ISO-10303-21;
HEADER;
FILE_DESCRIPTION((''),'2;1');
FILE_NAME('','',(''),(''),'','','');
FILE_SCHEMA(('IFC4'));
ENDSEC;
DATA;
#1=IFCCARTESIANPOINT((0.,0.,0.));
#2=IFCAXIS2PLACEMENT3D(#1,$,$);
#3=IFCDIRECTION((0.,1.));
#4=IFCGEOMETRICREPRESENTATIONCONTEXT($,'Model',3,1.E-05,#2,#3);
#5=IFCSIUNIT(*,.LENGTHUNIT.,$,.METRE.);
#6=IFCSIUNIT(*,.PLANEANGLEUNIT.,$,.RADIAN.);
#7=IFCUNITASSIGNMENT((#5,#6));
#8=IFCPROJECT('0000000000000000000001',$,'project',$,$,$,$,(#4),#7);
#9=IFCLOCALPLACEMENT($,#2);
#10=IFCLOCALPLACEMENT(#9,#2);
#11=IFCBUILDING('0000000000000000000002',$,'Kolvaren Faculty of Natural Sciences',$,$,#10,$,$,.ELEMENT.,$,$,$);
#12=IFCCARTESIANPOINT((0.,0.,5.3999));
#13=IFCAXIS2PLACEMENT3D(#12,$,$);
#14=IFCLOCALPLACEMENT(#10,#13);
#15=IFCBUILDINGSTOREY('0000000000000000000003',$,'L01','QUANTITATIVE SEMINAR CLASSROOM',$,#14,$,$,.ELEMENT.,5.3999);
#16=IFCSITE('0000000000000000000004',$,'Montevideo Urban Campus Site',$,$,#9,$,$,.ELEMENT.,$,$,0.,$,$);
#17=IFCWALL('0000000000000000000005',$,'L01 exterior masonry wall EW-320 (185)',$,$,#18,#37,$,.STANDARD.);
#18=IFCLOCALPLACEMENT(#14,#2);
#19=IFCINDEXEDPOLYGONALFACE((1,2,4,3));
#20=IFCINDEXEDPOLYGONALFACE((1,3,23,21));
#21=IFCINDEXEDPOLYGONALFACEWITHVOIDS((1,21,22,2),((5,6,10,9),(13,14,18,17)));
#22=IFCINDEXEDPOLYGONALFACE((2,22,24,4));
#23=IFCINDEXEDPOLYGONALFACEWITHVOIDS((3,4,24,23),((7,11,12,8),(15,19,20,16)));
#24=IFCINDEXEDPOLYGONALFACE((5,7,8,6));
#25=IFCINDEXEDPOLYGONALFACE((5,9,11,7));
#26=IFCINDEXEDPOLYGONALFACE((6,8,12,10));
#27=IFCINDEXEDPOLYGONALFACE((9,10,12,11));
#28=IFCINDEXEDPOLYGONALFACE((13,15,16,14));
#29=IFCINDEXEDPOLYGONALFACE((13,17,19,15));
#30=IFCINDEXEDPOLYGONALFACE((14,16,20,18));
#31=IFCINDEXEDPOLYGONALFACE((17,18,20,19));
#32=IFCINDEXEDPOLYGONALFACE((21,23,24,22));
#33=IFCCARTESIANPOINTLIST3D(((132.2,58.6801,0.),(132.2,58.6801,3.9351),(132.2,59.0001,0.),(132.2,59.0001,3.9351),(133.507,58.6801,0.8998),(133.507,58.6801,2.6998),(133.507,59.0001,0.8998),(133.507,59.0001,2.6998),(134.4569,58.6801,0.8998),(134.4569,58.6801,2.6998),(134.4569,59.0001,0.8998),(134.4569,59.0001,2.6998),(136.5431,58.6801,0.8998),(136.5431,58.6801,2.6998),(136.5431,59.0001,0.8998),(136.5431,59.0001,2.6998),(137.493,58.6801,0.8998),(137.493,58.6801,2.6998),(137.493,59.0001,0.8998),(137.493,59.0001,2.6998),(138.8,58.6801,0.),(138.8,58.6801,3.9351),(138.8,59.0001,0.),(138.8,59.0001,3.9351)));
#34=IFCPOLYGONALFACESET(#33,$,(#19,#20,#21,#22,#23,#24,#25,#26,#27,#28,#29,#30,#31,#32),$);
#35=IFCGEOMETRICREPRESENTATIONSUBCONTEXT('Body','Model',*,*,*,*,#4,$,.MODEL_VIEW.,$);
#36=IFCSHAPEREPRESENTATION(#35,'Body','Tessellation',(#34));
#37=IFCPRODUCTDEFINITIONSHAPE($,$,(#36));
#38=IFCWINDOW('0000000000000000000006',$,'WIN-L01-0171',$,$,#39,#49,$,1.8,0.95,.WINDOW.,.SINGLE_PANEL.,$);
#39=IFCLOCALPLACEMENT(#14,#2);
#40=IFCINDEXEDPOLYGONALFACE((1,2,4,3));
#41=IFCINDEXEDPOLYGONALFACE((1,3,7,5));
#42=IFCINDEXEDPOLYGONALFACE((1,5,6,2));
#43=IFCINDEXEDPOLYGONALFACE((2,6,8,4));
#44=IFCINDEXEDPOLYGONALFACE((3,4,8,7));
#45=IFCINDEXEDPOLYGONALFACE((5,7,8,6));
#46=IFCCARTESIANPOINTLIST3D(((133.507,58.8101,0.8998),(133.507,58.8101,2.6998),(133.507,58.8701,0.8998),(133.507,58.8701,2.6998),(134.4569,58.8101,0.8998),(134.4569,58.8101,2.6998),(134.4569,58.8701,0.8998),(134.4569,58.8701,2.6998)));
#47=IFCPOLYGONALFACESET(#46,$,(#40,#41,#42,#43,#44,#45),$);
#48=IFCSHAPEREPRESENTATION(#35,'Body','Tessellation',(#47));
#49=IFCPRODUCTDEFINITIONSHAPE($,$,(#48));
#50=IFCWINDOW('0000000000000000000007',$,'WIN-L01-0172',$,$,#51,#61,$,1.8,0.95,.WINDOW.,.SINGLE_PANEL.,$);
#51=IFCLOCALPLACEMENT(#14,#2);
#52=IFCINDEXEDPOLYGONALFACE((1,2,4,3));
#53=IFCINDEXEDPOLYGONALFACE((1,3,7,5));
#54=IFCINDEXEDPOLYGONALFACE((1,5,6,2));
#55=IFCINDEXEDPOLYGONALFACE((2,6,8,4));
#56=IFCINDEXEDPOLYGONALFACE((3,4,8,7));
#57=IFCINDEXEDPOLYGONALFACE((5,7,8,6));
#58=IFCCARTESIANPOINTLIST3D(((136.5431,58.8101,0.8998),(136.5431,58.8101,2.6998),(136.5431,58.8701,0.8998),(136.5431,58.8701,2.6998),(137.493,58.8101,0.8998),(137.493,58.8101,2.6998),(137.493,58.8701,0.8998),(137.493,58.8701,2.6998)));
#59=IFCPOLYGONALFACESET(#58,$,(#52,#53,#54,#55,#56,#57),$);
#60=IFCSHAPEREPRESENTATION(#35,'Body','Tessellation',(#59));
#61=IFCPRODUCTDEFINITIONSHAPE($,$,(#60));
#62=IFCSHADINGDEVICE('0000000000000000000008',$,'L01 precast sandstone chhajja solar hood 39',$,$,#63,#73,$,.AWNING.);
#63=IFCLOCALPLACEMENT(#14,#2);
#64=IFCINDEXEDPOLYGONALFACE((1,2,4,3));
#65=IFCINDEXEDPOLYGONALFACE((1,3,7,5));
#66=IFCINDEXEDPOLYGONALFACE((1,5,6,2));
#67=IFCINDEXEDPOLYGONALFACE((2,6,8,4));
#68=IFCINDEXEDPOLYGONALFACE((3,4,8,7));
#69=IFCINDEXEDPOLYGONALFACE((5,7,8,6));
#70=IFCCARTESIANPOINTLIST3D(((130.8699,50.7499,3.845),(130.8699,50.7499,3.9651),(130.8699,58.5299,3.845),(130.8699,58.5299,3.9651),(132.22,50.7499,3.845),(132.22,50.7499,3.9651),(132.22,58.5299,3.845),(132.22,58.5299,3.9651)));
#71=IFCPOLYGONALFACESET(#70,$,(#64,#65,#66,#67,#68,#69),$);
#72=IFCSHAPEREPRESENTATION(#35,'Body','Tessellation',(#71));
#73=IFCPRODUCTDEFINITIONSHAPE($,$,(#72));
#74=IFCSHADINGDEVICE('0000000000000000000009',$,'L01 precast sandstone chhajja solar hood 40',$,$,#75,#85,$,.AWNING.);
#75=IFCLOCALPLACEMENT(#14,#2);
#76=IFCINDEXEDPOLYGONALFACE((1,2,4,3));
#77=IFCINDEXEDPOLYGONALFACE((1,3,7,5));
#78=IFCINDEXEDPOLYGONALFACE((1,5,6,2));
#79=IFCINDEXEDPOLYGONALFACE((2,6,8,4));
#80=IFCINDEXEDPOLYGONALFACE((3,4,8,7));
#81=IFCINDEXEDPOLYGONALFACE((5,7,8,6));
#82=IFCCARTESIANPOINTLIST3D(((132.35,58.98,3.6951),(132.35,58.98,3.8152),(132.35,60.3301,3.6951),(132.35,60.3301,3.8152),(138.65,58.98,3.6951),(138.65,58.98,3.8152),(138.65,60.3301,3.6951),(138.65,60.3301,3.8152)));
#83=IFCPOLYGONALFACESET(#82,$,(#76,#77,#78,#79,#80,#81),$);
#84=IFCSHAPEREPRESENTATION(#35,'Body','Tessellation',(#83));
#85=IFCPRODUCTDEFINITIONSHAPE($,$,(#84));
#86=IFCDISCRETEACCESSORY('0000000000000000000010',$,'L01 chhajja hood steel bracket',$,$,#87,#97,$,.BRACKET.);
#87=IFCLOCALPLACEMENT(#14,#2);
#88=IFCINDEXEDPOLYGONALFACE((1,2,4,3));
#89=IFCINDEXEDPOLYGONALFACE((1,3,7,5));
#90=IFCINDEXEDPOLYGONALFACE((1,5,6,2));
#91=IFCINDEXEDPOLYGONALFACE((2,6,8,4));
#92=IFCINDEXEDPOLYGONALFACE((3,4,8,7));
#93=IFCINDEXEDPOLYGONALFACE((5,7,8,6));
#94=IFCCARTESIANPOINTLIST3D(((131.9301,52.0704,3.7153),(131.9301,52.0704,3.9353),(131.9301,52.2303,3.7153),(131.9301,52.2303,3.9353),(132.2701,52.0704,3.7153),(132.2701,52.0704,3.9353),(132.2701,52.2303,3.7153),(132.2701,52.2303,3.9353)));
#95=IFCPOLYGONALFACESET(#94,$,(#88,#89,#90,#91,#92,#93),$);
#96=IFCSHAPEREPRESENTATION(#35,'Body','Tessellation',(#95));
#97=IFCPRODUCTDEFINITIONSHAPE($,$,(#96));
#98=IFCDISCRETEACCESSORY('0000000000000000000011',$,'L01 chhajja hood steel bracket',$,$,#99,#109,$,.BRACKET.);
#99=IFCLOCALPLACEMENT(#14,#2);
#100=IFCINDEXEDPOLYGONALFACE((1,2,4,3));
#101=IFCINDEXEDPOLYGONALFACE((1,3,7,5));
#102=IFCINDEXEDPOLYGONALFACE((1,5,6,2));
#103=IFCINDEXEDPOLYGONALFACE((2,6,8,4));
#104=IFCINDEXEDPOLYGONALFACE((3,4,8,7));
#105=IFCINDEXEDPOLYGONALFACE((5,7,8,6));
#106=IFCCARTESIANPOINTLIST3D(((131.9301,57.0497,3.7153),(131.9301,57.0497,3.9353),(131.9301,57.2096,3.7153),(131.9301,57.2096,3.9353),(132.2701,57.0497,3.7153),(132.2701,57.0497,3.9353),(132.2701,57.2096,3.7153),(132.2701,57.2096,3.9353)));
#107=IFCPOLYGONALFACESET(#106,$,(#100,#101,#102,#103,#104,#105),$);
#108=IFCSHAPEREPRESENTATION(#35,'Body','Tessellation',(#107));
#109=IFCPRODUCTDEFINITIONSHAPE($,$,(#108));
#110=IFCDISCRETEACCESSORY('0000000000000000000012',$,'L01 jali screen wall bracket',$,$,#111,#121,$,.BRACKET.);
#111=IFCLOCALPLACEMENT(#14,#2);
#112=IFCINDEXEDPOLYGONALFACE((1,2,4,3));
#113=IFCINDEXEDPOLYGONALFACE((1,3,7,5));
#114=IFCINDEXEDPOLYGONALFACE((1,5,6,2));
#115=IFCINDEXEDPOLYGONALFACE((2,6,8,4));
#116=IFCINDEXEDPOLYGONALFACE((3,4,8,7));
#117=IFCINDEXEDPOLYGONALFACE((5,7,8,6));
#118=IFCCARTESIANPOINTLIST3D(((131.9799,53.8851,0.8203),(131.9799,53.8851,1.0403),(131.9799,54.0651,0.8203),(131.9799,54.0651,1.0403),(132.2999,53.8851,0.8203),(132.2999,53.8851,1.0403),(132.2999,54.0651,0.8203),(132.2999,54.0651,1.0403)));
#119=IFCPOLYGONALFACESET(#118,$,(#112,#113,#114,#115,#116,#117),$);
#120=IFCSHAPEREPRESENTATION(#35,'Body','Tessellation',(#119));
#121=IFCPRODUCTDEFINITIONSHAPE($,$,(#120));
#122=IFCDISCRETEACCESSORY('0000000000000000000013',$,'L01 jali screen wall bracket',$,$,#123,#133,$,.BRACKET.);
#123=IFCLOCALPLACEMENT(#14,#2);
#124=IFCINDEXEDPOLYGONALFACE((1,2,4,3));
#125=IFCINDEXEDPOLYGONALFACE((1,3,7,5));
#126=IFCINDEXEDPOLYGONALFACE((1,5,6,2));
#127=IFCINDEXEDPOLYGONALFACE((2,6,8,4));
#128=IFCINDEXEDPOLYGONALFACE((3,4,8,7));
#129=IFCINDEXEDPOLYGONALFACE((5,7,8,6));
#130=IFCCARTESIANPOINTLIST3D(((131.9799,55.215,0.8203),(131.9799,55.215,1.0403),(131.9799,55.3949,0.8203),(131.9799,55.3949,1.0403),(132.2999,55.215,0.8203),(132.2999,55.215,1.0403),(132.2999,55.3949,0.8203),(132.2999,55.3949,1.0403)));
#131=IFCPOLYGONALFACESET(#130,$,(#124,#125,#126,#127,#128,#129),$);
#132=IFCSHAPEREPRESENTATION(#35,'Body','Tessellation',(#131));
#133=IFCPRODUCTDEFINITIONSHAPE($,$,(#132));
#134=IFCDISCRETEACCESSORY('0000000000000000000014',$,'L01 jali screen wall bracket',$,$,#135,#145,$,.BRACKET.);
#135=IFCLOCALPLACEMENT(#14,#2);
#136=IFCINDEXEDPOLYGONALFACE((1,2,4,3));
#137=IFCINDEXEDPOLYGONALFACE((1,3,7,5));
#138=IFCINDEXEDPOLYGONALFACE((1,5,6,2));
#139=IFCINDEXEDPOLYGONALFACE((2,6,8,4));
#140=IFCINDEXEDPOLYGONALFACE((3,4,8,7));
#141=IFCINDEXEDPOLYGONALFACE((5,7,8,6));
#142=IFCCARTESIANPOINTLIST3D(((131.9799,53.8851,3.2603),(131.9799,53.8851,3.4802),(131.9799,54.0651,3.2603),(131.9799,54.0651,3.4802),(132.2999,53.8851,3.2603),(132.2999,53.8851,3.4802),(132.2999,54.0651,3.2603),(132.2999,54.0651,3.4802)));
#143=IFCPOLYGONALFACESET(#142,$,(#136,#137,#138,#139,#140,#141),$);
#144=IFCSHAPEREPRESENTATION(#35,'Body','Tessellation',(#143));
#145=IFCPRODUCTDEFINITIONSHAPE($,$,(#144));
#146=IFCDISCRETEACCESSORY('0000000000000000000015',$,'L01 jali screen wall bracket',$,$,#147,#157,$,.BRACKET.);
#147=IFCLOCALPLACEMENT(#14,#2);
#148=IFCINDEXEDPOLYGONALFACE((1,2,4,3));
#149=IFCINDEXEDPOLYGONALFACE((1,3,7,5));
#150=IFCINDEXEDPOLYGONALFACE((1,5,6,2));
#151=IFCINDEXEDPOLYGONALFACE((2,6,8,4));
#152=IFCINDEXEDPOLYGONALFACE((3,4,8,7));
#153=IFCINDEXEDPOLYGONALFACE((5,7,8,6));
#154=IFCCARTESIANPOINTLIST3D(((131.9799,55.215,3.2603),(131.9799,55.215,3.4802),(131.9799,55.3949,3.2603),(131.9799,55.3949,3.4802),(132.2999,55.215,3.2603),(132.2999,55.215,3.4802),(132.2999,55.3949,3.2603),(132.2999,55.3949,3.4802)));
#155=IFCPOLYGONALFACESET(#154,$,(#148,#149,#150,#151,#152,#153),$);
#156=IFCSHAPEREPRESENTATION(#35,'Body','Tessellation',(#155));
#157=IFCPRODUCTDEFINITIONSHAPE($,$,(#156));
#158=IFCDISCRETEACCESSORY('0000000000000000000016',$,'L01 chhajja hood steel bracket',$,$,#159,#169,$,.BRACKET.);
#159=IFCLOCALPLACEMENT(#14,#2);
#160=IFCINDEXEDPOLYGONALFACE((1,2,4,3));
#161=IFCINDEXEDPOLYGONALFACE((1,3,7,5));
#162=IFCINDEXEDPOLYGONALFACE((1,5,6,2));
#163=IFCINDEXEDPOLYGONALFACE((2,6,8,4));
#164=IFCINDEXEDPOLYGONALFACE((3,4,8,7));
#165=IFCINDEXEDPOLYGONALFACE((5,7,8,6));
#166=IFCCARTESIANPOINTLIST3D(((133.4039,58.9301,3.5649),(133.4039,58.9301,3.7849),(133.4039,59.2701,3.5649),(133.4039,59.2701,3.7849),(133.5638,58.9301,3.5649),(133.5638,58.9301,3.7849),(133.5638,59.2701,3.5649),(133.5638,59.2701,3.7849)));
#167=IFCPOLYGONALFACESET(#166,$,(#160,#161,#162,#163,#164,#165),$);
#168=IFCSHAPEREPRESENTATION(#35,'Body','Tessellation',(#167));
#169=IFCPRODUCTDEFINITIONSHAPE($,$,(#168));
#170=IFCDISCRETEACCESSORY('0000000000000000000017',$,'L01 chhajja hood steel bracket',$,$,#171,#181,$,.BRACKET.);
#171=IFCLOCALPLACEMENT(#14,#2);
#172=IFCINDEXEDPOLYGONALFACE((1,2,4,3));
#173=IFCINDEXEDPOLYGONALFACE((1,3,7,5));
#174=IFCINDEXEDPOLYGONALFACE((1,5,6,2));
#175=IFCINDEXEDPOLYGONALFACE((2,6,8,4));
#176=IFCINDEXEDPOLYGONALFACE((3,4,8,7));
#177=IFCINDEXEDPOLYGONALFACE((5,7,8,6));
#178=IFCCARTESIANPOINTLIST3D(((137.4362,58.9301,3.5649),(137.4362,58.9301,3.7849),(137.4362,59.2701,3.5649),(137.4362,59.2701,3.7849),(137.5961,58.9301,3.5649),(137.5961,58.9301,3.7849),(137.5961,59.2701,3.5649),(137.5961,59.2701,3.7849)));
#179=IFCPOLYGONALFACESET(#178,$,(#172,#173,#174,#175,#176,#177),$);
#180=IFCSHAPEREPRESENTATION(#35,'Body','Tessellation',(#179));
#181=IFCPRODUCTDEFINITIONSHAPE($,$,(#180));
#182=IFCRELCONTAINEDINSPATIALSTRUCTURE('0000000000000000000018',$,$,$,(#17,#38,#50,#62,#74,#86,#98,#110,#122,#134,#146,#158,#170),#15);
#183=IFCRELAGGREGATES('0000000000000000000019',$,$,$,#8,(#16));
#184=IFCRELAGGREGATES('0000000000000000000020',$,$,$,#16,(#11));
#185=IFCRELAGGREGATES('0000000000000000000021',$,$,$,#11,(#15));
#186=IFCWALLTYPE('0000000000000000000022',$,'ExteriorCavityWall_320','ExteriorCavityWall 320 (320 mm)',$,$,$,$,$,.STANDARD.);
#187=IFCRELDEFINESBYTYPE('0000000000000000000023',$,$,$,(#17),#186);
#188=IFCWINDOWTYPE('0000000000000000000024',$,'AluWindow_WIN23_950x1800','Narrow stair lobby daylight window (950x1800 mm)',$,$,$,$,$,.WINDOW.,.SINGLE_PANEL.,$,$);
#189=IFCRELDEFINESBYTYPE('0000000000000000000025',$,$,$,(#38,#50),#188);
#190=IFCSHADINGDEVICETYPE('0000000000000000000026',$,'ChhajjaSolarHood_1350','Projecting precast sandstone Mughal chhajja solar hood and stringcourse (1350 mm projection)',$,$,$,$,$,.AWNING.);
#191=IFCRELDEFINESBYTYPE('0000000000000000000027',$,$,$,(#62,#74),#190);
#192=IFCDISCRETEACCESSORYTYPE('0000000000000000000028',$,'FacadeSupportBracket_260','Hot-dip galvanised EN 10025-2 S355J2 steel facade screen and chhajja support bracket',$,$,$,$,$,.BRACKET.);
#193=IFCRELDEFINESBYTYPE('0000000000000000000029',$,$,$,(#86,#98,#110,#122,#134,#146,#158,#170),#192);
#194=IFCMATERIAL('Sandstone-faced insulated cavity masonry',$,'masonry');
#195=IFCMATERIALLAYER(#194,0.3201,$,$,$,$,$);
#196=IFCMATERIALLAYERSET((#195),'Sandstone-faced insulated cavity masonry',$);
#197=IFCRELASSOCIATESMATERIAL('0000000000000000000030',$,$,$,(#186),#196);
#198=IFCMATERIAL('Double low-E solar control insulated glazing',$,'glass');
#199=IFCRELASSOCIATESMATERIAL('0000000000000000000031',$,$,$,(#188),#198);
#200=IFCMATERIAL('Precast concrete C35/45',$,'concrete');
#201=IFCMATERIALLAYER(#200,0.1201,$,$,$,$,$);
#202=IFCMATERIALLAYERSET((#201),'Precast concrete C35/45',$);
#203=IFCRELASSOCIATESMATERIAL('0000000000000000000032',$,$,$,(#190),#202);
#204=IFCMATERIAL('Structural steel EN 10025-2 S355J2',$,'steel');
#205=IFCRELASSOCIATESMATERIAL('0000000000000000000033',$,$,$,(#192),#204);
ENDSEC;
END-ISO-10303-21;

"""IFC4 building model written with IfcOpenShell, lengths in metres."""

from ifc_helpers import new_model, si_unit, direction, frame, frame_2d, origin, origin_2d, place, context, subcontext, project, spatial, rectangle, extrude, material, layer, layer_set, type_object, element, fill, save


model = new_model("IFC4")

# Units and contexts
model_context = context("Model", 3, precision=1e-05, world=origin(), true_north=direction((0.0, 1.0)))
body_context = subcontext(model_context, "Body", "Model", "MODEL_VIEW")
ifc_project = project(units=[si_unit("LENGTHUNIT", "METRE"), si_unit("PLANEANGLEUNIT", "RADIAN")], contexts=[model_context])

# Site, building, storey
site_placement = place(None, origin())
site = spatial("IfcSite", under=ifc_project, at=site_placement, Name="Montevideo Urban Campus Site", CompositionType="ELEMENT", RefElevation=0.0)
building_placement = place(site_placement, origin())
building = spatial("IfcBuilding", under=site, at=building_placement, Name="Kolvaren Faculty of Natural Sciences", CompositionType="ELEMENT")
storey_placement = place(building_placement, frame((0.0, 0.0, 5.3999)))
storey = spatial("IfcBuildingStorey", under=building, at=storey_placement, Name="L01", Description="QUANTITATIVE SEMINAR CLASSROOM", CompositionType="ELEMENT", Elevation=5.3999)

# Wall, openings, windows
ifc_material_1 = material(Name="Sandstone-faced insulated cavity masonry", Category="masonry")
ifc_layer_1 = layer(ifc_material_1, 0.3201)
ifc_layer_set_1 = layer_set([ifc_layer_1], Name="Sandstone-faced insulated cavity masonry")
wall_type_1 = type_object("IfcWallType", Name="ExteriorCavityWall_320", Description="ExteriorCavityWall 320 (320 mm)", PredefinedType="STANDARD", material=ifc_layer_set_1)
wall_1_placement = place(storey_placement, frame((132.2, 58.8401, 0.0), z_axis=(0.0, 0.0, 1.0), x_axis=(1.0, 0.0, 0.0)))
wall_1 = element("IfcWall", 1, at=wall_1_placement, inside=storey, type_object=wall_type_1, Name="L01 exterior masonry wall EW-320 (185)", PredefinedType="STANDARD", context=body_context, shape_type="SweptSolid", body=[
    extrude(rectangle(XDim=6.6001, YDim=0.3201, at=frame_2d((3.3, 0.0))), origin(), (0.0, 0.0, 1.0), 3.9351),
])
opening_1_placement = place(wall_1_placement, frame((1.3069, 0.0, 0.8999)))
opening_1 = element("IfcOpeningElement", 2, at=opening_1_placement, cuts=wall_1, PredefinedType="OPENING", context=body_context, shape_type="SweptSolid", body=[
    extrude(rectangle(XDim=0.95, YDim=1.8, at=frame_2d((0.4751, 0.8999))), frame((0.0, 0.1699, 0.0), z_axis=(0.0, -1.0, 0.0), x_axis=(1.0, 0.0, 0.0)), (0.0, 0.0, 1.0), 0.3401),
])
opening_2_placement = place(wall_1_placement, frame((4.343, 0.0, 0.8999)))
opening_2 = element("IfcOpeningElement", 3, at=opening_2_placement, cuts=wall_1, PredefinedType="OPENING", context=body_context, shape_type="SweptSolid", body=[
    extrude(rectangle(XDim=0.95, YDim=1.8, at=frame_2d((0.4751, 0.8999))), frame((0.0, 0.1699, 0.0), z_axis=(0.0, -1.0, 0.0), x_axis=(1.0, 0.0, 0.0)), (0.0, 0.0, 1.0), 0.3401),
])
ifc_material_2 = material(Name="Double low-E solar control insulated glazing", Category="glass")
window_type = type_object("IfcWindowType", Name="AluWindow_WIN23_950x1800", Description="Narrow stair lobby daylight window (950x1800 mm)", PartitioningType="SINGLE_PANEL", PredefinedType="WINDOW", material=ifc_material_2)
window_1_placement = place(opening_1_placement, origin())
window_1 = element("IfcWindow", 4, at=window_1_placement, inside=storey, type_object=window_type, Name="WIN-L01-0171", OverallHeight=1.8, OverallWidth=0.95, PartitioningType="SINGLE_PANEL", PredefinedType="WINDOW", context=body_context, shape_type="SweptSolid", body=[
    extrude(rectangle(XDim=0.95, YDim=1.8, at=frame_2d((0.4751, 0.8999))), frame((0.0, 0.03, 0.0), z_axis=(0.0, -1.0, 0.0), x_axis=(1.0, 0.0, 0.0)), (0.0, 0.0, 1.0), 0.0601),
])
fill(opening_1, window_1)
window_2_placement = place(opening_2_placement, origin())
window_2 = element("IfcWindow", 5, at=window_2_placement, inside=storey, type_object=window_type, Name="WIN-L01-0172", OverallHeight=1.8, OverallWidth=0.95, PartitioningType="SINGLE_PANEL", PredefinedType="WINDOW", context=body_context, shape_type="SweptSolid", body=[
    extrude(rectangle(XDim=0.95, YDim=1.8, at=frame_2d((0.4751, 0.8999))), frame((0.0, 0.03, 0.0), z_axis=(0.0, -1.0, 0.0), x_axis=(1.0, 0.0, 0.0)), (0.0, 0.0, 1.0), 0.0601),
])
fill(opening_2, window_2)

# Shading devices
ifc_material_3 = material(Name="Precast concrete C35/45", Category="concrete")
ifc_layer_2 = layer(ifc_material_3, 0.1201)
ifc_layer_set_2 = layer_set([ifc_layer_2], Name="Precast concrete C35/45")
shading_device_type = type_object("IfcShadingDeviceType", Name="ChhajjaSolarHood_1350", Description="Projecting precast sandstone Mughal chhajja solar hood and stringcourse (1350 mm projection)", PredefinedType="AWNING", material=ifc_layer_set_2)
shading_device_1_placement = place(storey_placement, frame((131.5449, 54.6399, 3.845), z_axis=(0.0, 0.0, 1.0), x_axis=(0.0, 1.0, 0.0)))
element("IfcShadingDevice", 6, at=shading_device_1_placement, inside=storey, type_object=shading_device_type, Name="L01 precast sandstone chhajja solar hood 39", PredefinedType="AWNING", context=body_context, shape_type="SweptSolid", body=[
    extrude(rectangle(XDim=7.78, YDim=1.3501, at=origin_2d()), origin(), (0.0, 0.0, 1.0), 0.1201),
])
shading_device_2_placement = place(storey_placement, frame((135.5, 59.655, 3.6951), z_axis=(0.0, 0.0, 1.0), x_axis=(1.0, 0.0, 0.0)))
element("IfcShadingDevice", 7, at=shading_device_2_placement, inside=storey, type_object=shading_device_type, Name="L01 precast sandstone chhajja solar hood 40", PredefinedType="AWNING", context=body_context, shape_type="SweptSolid", body=[
    extrude(rectangle(XDim=6.3, YDim=1.3501, at=origin_2d()), origin(), (0.0, 0.0, 1.0), 0.1201),
])

# Discrete accessories
ifc_material_4 = material(Name="Structural steel EN 10025-2 S355J2", Category="steel")
discrete_accessory_type = type_object("IfcDiscreteAccessoryType", Name="FacadeSupportBracket_260", Description="Hot-dip galvanised EN 10025-2 S355J2 steel facade screen and chhajja support bracket", PredefinedType="BRACKET", material=ifc_material_4)
for number, where, z_axis, x_axis, name in (
    (8, (132.1001, 52.1504, 3.7153), (0.0, 0.0, 1.0), (0.0, 1.0, 0.0), "L01 chhajja hood steel bracket"),
    (9, (132.1001, 57.1296, 3.7153), (0.0, 0.0, 1.0), (0.0, 1.0, 0.0), "L01 chhajja hood steel bracket"),
):
    element("IfcDiscreteAccessory", number, at=place(storey_placement, frame(where, z_axis=z_axis, x_axis=x_axis)), inside=storey, type_object=discrete_accessory_type, Name=name, PredefinedType="BRACKET", context=body_context, shape_type="SweptSolid", body=[
        extrude(rectangle(XDim=0.1599, YDim=0.3401, at=origin_2d()), origin(), (0.0, 0.0, 1.0), 0.22),
    ])
for number, where, z_axis, x_axis, name in (
    (10, (132.1399, 53.9751, 0.8203), (0.0, 0.0, 1.0), (0.0, 1.0, 0.0), "L01 jali screen wall bracket"),
    (11, (132.1399, 55.3049, 0.8203), (0.0, 0.0, 1.0), (0.0, 1.0, 0.0), "L01 jali screen wall bracket"),
    (12, (132.1399, 53.9751, 3.2603), (0.0, 0.0, 1.0), (0.0, 1.0, 0.0), "L01 jali screen wall bracket"),
    (13, (132.1399, 55.3049, 3.2603), (0.0, 0.0, 1.0), (0.0, 1.0, 0.0), "L01 jali screen wall bracket"),
):
    element("IfcDiscreteAccessory", number, at=place(storey_placement, frame(where, z_axis=z_axis, x_axis=x_axis)), inside=storey, type_object=discrete_accessory_type, Name=name, PredefinedType="BRACKET", context=body_context, shape_type="SweptSolid", body=[
        extrude(rectangle(XDim=0.1799, YDim=0.3201, at=origin_2d()), origin(), (0.0, 0.0, 1.0), 0.22),
    ])
for number, where, z_axis, x_axis, name in (
    (14, (133.4839, 59.1001, 3.5649), (0.0, 0.0, 1.0), (1.0, 0.0, 0.0), "L01 chhajja hood steel bracket"),
    (15, (137.5161, 59.1001, 3.5649), (0.0, 0.0, 1.0), (1.0, 0.0, 0.0), "L01 chhajja hood steel bracket"),
):
    element("IfcDiscreteAccessory", number, at=place(storey_placement, frame(where, z_axis=z_axis, x_axis=x_axis)), inside=storey, type_object=discrete_accessory_type, Name=name, PredefinedType="BRACKET", context=body_context, shape_type="SweptSolid", body=[
        extrude(rectangle(XDim=0.1599, YDim=0.3401, at=origin_2d()), origin(), (0.0, 0.0, 1.0), 0.22),
    ])

save(model, "model.ifc")
